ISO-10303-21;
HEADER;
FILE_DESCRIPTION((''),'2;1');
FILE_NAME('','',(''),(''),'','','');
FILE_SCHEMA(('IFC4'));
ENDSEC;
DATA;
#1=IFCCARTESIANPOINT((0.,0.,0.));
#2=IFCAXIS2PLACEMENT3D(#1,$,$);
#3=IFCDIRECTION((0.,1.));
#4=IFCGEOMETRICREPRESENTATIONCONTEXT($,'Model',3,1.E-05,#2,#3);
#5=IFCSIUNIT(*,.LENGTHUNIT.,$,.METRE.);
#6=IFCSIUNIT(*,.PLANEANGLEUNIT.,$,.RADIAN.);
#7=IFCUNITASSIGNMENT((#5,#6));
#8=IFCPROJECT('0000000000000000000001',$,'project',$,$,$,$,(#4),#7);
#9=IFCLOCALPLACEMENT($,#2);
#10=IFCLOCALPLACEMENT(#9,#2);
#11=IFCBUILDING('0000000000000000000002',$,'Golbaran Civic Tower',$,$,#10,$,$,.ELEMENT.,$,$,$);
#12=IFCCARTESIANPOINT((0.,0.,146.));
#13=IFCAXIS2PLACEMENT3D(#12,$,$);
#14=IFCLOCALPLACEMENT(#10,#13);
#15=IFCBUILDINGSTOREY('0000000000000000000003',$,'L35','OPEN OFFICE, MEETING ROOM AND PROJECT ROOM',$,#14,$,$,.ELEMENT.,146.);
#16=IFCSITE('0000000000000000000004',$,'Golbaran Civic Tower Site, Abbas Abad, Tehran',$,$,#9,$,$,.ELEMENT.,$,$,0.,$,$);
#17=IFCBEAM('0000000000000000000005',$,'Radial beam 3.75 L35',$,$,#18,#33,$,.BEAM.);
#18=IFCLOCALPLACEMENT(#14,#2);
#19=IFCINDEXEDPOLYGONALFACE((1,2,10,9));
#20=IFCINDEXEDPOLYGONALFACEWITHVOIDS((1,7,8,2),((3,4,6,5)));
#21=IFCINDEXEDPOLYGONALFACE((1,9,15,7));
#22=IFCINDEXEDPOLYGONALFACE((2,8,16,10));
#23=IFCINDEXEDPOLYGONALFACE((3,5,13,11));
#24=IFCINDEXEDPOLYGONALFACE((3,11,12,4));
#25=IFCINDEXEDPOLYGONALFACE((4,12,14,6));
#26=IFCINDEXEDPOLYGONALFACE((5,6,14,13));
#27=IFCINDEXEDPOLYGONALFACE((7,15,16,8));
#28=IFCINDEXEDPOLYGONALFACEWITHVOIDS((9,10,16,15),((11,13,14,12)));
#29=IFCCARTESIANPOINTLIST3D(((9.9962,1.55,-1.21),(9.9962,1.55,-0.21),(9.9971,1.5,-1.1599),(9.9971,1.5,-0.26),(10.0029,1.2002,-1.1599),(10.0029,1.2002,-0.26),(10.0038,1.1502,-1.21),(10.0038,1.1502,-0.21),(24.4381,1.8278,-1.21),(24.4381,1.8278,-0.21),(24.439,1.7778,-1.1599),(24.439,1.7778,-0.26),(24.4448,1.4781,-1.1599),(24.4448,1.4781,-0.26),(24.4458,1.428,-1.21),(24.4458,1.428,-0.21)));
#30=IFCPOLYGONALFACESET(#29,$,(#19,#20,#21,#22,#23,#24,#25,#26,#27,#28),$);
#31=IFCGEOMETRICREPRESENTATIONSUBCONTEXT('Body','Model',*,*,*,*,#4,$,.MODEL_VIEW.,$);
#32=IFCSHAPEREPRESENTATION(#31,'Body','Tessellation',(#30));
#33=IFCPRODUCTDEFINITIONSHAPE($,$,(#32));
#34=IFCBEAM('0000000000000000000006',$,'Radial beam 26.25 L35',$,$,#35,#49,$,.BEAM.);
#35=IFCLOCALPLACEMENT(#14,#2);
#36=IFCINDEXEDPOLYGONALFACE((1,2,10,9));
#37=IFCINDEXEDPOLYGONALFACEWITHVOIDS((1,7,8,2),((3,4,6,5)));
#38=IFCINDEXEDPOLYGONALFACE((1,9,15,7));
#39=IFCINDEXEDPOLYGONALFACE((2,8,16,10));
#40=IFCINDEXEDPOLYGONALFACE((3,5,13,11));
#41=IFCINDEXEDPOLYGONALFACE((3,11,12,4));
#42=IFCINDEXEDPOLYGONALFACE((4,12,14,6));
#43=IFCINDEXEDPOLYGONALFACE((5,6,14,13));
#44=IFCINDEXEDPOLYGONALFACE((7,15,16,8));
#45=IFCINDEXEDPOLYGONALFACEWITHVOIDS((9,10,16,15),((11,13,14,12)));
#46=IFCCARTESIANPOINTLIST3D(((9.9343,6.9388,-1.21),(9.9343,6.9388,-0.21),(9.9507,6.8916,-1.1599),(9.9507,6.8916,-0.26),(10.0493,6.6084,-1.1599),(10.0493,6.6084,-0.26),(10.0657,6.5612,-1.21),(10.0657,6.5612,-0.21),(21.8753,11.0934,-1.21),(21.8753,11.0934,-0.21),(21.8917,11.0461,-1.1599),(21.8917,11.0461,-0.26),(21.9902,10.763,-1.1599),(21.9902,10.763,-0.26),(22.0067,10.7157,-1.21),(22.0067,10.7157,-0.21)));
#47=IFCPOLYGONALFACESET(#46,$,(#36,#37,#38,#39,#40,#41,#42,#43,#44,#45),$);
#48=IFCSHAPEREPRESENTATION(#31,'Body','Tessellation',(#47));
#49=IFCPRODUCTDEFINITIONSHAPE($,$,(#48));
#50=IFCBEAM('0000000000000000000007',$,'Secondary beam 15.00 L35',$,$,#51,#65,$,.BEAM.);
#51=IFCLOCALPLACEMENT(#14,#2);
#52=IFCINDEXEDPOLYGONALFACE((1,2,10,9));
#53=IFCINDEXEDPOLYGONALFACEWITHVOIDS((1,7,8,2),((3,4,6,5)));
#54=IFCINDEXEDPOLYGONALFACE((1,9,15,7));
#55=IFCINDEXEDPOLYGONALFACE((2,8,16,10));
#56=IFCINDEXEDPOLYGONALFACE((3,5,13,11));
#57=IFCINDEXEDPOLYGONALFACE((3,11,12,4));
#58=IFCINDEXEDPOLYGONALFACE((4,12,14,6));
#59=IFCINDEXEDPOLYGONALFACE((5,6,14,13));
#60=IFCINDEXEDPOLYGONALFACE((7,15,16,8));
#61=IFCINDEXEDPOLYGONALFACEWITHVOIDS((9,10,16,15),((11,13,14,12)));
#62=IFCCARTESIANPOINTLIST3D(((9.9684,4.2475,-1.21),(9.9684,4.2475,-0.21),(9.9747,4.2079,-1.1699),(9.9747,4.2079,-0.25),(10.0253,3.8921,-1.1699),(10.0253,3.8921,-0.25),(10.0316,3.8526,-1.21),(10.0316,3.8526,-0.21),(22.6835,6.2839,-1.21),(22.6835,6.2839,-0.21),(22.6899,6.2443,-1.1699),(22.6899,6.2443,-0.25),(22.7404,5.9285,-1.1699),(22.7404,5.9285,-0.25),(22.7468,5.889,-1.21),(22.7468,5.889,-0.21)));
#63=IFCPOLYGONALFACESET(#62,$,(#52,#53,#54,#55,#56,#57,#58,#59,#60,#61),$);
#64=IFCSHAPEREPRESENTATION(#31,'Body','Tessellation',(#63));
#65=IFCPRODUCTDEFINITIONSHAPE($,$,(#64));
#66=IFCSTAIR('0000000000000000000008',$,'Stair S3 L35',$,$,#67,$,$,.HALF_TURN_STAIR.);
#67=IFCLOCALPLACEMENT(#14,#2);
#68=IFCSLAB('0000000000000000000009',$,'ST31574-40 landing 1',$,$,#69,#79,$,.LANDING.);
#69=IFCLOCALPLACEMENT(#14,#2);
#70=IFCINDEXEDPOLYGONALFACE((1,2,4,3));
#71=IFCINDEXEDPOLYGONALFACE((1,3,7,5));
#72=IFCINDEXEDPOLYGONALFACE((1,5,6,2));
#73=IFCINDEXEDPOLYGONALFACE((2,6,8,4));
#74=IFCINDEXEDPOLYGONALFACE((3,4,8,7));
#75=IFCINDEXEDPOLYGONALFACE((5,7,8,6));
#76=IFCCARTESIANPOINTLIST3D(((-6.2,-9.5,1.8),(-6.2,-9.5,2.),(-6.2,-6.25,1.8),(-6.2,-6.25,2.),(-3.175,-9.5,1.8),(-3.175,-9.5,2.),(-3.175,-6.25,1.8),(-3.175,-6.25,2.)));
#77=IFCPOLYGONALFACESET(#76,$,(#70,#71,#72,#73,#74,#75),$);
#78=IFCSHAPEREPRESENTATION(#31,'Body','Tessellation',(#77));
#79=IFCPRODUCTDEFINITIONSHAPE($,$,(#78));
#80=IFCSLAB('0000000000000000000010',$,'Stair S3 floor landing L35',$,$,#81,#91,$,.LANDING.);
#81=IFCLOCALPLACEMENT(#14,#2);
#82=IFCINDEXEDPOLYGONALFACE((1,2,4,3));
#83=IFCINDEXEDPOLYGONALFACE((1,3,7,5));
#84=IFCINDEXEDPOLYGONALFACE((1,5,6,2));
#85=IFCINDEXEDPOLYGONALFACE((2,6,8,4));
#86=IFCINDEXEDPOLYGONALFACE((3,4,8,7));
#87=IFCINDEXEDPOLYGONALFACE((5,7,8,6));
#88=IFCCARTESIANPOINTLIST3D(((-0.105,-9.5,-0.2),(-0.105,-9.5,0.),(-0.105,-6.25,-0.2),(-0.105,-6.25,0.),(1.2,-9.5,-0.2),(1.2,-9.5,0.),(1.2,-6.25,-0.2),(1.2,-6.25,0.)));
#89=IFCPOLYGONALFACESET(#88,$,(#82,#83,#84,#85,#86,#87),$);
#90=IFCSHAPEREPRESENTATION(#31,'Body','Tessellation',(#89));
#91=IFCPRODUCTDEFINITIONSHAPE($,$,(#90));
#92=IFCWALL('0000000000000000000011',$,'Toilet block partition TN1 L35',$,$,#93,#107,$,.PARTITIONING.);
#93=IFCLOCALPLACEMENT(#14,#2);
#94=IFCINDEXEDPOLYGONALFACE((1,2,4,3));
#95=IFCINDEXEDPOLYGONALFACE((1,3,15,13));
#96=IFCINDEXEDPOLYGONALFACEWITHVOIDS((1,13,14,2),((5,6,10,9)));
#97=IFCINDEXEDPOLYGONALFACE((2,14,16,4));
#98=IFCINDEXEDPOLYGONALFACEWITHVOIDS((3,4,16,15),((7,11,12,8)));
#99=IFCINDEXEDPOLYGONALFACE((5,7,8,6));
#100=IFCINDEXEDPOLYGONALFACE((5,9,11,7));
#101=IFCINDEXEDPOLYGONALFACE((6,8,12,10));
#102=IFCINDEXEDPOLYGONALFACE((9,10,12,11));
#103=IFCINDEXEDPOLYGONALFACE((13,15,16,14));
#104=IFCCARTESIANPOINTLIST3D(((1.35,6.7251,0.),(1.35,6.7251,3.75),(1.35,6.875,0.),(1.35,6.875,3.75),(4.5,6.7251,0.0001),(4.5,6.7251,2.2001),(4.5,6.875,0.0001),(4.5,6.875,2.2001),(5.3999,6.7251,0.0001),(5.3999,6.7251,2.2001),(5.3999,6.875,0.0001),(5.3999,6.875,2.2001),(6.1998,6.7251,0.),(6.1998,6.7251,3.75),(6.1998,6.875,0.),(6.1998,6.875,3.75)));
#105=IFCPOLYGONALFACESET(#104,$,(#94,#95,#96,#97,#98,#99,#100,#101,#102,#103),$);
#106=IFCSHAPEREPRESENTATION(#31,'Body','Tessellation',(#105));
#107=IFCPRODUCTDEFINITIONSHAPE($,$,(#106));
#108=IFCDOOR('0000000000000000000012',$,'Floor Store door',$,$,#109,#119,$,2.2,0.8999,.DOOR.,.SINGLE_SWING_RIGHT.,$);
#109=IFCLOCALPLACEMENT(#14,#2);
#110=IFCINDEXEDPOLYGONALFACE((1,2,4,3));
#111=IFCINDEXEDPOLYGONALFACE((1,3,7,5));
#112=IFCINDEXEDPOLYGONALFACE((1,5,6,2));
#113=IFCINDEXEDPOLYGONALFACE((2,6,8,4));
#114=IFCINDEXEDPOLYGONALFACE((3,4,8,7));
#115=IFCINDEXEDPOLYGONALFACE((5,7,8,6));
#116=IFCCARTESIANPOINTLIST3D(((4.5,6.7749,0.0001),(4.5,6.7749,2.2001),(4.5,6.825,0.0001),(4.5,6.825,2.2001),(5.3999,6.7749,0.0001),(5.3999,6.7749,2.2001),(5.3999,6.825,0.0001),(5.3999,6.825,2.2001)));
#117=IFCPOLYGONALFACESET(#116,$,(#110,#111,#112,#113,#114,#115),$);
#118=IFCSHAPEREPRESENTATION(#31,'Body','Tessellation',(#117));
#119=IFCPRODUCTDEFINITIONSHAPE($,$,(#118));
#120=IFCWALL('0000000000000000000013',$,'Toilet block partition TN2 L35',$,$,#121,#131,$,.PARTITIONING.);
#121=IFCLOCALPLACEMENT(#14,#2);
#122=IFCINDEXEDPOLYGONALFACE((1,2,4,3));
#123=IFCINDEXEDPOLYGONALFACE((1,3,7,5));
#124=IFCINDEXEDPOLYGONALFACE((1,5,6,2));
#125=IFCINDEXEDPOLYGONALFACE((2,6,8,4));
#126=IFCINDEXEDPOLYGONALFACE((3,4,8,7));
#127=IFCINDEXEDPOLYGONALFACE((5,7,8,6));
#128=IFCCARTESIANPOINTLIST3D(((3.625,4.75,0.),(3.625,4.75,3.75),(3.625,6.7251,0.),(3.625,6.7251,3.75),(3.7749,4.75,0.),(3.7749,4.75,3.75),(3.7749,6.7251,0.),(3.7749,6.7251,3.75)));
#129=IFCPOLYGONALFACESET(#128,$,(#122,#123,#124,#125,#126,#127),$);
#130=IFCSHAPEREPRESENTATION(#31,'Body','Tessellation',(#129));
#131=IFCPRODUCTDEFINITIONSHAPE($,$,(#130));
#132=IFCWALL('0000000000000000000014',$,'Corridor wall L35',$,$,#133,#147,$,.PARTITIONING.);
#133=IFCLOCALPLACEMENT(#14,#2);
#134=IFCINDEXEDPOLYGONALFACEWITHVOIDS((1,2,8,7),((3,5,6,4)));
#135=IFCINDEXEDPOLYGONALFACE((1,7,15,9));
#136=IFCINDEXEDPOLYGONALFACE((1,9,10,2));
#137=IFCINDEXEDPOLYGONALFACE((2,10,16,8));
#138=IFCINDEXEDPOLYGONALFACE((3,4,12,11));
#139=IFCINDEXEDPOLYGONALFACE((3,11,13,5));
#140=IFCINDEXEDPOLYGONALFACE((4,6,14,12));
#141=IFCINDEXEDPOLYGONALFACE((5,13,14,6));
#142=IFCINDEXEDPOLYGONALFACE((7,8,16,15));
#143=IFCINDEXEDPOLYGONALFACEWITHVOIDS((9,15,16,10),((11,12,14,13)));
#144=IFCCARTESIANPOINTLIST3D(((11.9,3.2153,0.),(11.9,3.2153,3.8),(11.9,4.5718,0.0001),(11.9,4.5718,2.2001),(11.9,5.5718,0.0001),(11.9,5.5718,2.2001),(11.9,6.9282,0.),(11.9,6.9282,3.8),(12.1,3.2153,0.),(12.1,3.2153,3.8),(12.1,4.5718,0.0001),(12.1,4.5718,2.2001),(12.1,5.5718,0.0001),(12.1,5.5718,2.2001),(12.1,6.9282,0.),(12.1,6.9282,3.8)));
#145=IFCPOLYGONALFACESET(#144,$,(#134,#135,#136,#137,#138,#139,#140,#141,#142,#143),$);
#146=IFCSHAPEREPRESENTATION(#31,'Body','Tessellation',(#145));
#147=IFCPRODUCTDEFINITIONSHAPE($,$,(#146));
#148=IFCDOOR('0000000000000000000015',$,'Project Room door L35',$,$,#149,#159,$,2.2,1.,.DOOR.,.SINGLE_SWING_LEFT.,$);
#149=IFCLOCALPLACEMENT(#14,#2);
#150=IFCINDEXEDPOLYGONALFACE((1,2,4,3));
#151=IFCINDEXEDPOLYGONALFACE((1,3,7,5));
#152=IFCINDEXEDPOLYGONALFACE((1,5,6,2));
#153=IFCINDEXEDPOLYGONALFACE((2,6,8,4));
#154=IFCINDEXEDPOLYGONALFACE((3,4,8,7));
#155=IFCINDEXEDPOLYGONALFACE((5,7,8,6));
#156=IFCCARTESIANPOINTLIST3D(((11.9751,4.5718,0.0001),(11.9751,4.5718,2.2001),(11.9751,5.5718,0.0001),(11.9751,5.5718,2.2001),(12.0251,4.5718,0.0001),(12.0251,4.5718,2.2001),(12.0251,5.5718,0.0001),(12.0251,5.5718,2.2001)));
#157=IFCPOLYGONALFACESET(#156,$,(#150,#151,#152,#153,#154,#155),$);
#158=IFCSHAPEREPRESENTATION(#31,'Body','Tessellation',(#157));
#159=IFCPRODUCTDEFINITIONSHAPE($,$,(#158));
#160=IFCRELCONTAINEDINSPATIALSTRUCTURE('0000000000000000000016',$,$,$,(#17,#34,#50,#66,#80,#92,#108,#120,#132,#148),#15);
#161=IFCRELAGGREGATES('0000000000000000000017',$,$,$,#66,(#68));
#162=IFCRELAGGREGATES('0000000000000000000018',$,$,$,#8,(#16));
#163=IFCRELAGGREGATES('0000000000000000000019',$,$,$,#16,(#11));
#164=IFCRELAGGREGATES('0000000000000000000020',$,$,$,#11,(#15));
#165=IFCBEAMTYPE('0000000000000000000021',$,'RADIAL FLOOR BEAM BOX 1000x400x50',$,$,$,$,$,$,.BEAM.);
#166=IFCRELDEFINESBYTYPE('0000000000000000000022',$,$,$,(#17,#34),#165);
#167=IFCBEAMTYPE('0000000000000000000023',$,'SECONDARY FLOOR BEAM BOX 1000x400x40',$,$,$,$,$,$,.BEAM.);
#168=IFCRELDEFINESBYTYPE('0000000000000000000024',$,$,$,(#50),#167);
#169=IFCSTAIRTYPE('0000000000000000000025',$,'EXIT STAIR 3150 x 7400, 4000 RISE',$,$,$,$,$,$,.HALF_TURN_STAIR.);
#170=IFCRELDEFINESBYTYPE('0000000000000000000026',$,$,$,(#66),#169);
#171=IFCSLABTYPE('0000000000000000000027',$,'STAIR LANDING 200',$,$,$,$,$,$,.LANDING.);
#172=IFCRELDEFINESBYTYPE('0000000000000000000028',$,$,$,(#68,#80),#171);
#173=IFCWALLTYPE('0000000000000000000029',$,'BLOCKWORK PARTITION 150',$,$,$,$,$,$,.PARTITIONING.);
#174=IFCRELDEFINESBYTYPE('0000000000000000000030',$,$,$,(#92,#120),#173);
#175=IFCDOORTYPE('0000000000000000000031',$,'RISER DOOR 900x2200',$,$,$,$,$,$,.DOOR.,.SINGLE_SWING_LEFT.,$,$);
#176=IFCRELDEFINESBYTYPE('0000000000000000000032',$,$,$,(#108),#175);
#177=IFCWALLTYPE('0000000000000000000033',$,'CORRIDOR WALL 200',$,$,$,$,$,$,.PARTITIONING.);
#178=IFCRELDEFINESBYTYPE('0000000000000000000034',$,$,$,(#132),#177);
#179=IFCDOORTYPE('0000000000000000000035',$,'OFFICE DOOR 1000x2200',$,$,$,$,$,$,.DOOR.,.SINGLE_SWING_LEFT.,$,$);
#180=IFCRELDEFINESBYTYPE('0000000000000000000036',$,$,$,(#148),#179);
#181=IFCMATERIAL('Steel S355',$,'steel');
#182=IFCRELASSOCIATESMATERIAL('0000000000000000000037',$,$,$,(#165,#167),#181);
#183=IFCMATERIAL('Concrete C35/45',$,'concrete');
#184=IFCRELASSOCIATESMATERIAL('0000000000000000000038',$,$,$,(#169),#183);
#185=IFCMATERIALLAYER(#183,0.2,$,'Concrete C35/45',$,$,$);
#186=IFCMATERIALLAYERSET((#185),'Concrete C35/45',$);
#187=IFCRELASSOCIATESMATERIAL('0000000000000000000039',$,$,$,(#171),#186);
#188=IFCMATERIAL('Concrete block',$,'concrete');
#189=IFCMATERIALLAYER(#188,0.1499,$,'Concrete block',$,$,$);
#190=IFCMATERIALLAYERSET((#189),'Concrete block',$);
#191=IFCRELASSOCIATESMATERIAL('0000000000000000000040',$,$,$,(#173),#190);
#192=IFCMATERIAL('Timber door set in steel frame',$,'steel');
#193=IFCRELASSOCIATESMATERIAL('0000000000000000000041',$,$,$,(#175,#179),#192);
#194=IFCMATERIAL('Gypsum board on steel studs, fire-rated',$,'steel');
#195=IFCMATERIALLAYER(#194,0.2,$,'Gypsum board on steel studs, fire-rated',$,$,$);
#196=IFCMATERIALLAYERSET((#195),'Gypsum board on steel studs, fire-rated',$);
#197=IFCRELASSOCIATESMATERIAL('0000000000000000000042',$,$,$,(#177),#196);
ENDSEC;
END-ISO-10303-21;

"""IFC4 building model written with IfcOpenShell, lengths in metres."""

from ifc_helpers import new_model, si_unit, direction, frame, frame_2d, origin, origin_2d, place, context, subcontext, project, spatial, polyline, rectangle, hollow_rectangle, outline, extrude, material, layer, layer_set, material_profile, profile_set, type_object, element, fill, aggregate, save


model = new_model("IFC4")

# Units and contexts
model_context = context("Model", 3, precision=1e-05, world=origin(), true_north=direction((0.0, 1.0)))
body_context = subcontext(model_context, "Body", "Model", "MODEL_VIEW")
ifc_project = project(units=[si_unit("LENGTHUNIT", "METRE"), si_unit("PLANEANGLEUNIT", "RADIAN")], contexts=[model_context])

# Site, building, storey
site_placement = place(None, origin())
site = spatial("IfcSite", under=ifc_project, at=site_placement, Name="Golbaran Civic Tower Site, Abbas Abad, Tehran", CompositionType="ELEMENT", RefElevation=0.0)
building_placement = place(site_placement, origin())
building = spatial("IfcBuilding", under=site, at=building_placement, Name="Golbaran Civic Tower", CompositionType="ELEMENT")
storey_placement = place(building_placement, frame((0.0, 0.0, 146.0)))
storey = spatial("IfcBuildingStorey", under=building, at=storey_placement, Name="L35", Description="OPEN OFFICE, MEETING ROOM AND PROJECT ROOM", CompositionType="ELEMENT", Elevation=146.0)

# Beams
ifc_material_1 = material(Name="Steel S355", Category="steel")
ifc_material_profile_1 = material_profile(ifc_material_1, hollow_rectangle(XDim=0.3999, YDim=1.0, WallThickness=0.05, at=origin_2d()), Name="BOX 1000x400x50")
ifc_profile_set_1 = profile_set([ifc_material_profile_1], Name="Steel S355")
beam_type_1 = type_object("IfcBeamType", Name="RADIAL FLOOR BEAM BOX 1000x400x50", PredefinedType="BEAM", material=ifc_profile_set_1)
beam_1_placement = place(storey_placement, frame((10.0, 1.3501, -0.71), z_axis=(0.999815, 0.019234, 0.0), x_axis=(-0.019234, 0.999815, 0.0)))
element("IfcBeam", 1, at=beam_1_placement, inside=storey, type_object=beam_type_1, Name="Radial beam 3.75 L35", PredefinedType="BEAM", context=body_context, shape_type="SweptSolid", body=[
    extrude(hollow_rectangle(XDim=0.3999, YDim=1.0, WallThickness=0.05, at=origin_2d()), origin(), (0.0, 0.0, 1.0), 14.4446),
])
beam_2_placement = place(storey_placement, frame((10.0, 6.75, -0.71), z_axis=(0.944468, 0.328604, 0.0), x_axis=(-0.328604, 0.944468, 0.0)))
element("IfcBeam", 2, at=beam_2_placement, inside=storey, type_object=beam_type_1, Name="Radial beam 26.25 L35", PredefinedType="BEAM", context=body_context, shape_type="SweptSolid", body=[
    extrude(hollow_rectangle(XDim=0.3999, YDim=1.0, WallThickness=0.05, at=origin_2d()), origin(), (0.0, 0.0, 1.0), 12.6431),
])
ifc_material_profile_2 = material_profile(ifc_material_1, hollow_rectangle(XDim=0.3999, YDim=1.0, WallThickness=0.04, at=origin_2d()), Name="BOX 1000x400x40")
ifc_profile_set_2 = profile_set([ifc_material_profile_2], Name="Steel S355")
beam_type_2 = type_object("IfcBeamType", Name="SECONDARY FLOOR BEAM BOX 1000x400x40", PredefinedType="BEAM", material=ifc_profile_set_2)
beam_3_placement = place(storey_placement, frame((10.0, 4.05, -0.71), z_axis=(0.987417, 0.158139, 0.0), x_axis=(-0.158139, 0.987417, 0.0)))
element("IfcBeam", 3, at=beam_3_placement, inside=storey, type_object=beam_type_2, Name="Secondary beam 15.00 L35", PredefinedType="BEAM", context=body_context, shape_type="SweptSolid", body=[
    extrude(hollow_rectangle(XDim=0.3999, YDim=1.0, WallThickness=0.04, at=origin_2d()), origin(), (0.0, 0.0, 1.0), 12.8772),
])

# Stair, slab
ifc_material_2 = material(Name="Concrete C35/45", Category="concrete")
stair_type = type_object("IfcStairType", Name="EXIT STAIR 3150 x 7400, 4000 RISE", PredefinedType="HALF_TURN_STAIR", material=ifc_material_2)
stair_placement = place(storey_placement, origin())
stair = element("IfcStair", 4, at=stair_placement, inside=storey, type_object=stair_type, Name="Stair S3 L35", PredefinedType="HALF_TURN_STAIR")
ifc_layer_1 = layer(ifc_material_2, 0.2, Name="Concrete C35/45")
ifc_layer_set_1 = layer_set([ifc_layer_1], Name="Concrete C35/45")
slab_type = type_object("IfcSlabType", Name="STAIR LANDING 200", PredefinedType="LANDING", material=ifc_layer_set_1)
slab_1_placement = place(storey_placement, frame((0.0, 0.0, 1.8)))
slab_1 = element("IfcSlab", 5, at=slab_1_placement, type_object=slab_type, Name="ST31574-40 landing 1", PredefinedType="LANDING", context=body_context, shape_type="SweptSolid", body=[
    extrude(outline(polyline([(-3.175, -9.5), (-6.2, -9.5), (-6.2, -6.25), (-3.175, -6.25), (-3.175, -9.5)])), origin(), (0.0, 0.0, 1.0), 0.2),
])
aggregate(stair, [slab_1])

# Slab
slab_2_placement = place(storey_placement, frame((0.0, 0.0, -0.2)))
element("IfcSlab", 6, at=slab_2_placement, inside=storey, type_object=slab_type, Name="Stair S3 floor landing L35", PredefinedType="LANDING", context=body_context, shape_type="SweptSolid", body=[
    extrude(outline(polyline([(1.2, -9.5), (-0.105, -9.5), (-0.105, -6.25), (1.2, -6.25), (1.2, -9.5)])), origin(), (0.0, 0.0, 1.0), 0.2),
])

# Wall, opening, door
ifc_material_3 = material(Name="Concrete block", Category="concrete")
ifc_layer_2 = layer(ifc_material_3, 0.1499, Name="Concrete block")
ifc_layer_set_2 = layer_set([ifc_layer_2], Name="Concrete block")
wall_type_1 = type_object("IfcWallType", Name="BLOCKWORK PARTITION 150", PredefinedType="PARTITIONING", material=ifc_layer_set_2)
wall_1_placement = place(storey_placement, frame((1.3501, 6.8, 0.0), z_axis=(0.0, 0.0, 1.0), x_axis=(1.0, 0.0, 0.0)))
wall_1 = element("IfcWall", 7, at=wall_1_placement, inside=storey, type_object=wall_type_1, Name="Toilet block partition TN1 L35", PredefinedType="PARTITIONING", context=body_context, shape_type="SweptSolid", body=[
    extrude(rectangle(XDim=4.8499, YDim=0.1499, at=frame_2d((2.4248, 0.0))), origin(), (0.0, 0.0, 1.0), 3.75),
])
opening_1_placement = place(wall_1_placement, frame((3.1499, 0.0, 0.0)))
opening_1 = element("IfcOpeningElement", 8, at=opening_1_placement, cuts=wall_1, PredefinedType="OPENING", context=body_context, shape_type="SweptSolid", body=[
    extrude(rectangle(XDim=0.8999, YDim=2.2, at=frame_2d((0.45, 1.1001))), frame((0.0, 0.085, 0.0), z_axis=(0.0, -1.0, 0.0), x_axis=(1.0, 0.0, 0.0)), (0.0, 0.0, 1.0), 0.1699),
])
ifc_material_4 = material(Name="Timber door set in steel frame", Category="steel")
door_type_1 = type_object("IfcDoorType", Name="RISER DOOR 900x2200", OperationType="SINGLE_SWING_LEFT", PredefinedType="DOOR", material=ifc_material_4)
door_1_placement = place(opening_1_placement, origin())
door_1 = element("IfcDoor", 9, at=door_1_placement, inside=storey, type_object=door_type_1, Name="Floor Store door", OperationType="SINGLE_SWING_RIGHT", OverallHeight=2.2, OverallWidth=0.8999, PredefinedType="DOOR", context=body_context, shape_type="SweptSolid", body=[
    extrude(rectangle(XDim=0.8999, YDim=2.2, at=frame_2d((0.45, 1.1001))), frame((0.0, 0.0249, 0.0), z_axis=(0.0, -1.0, 0.0), x_axis=(1.0, 0.0, 0.0)), (0.0, 0.0, 1.0), 0.05),
])
fill(opening_1, door_1)

# Wall
wall_2_placement = place(storey_placement, frame((3.7, 4.75, 0.0), z_axis=(0.0, 0.0, 1.0), x_axis=(0.0, 1.0, 0.0)))
element("IfcWall", 10, at=wall_2_placement, inside=storey, type_object=wall_type_1, Name="Toilet block partition TN2 L35", PredefinedType="PARTITIONING", context=body_context, shape_type="SweptSolid", body=[
    extrude(rectangle(XDim=1.9751, YDim=0.1499, at=frame_2d((0.9875, 0.0))), origin(), (0.0, 0.0, 1.0), 3.75),
])

# Wall, opening, door
ifc_material_5 = material(Name="Gypsum board on steel studs, fire-rated", Category="steel")
ifc_layer_3 = layer(ifc_material_5, 0.2, Name="Gypsum board on steel studs, fire-rated")
ifc_layer_set_3 = layer_set([ifc_layer_3], Name="Gypsum board on steel studs, fire-rated")
wall_type_2 = type_object("IfcWallType", Name="CORRIDOR WALL 200", PredefinedType="PARTITIONING", material=ifc_layer_set_3)
wall_3_placement = place(storey_placement, frame((12.0, 3.2153, 0.0), z_axis=(0.0, 0.0, 1.0), x_axis=(0.0, 1.0, 0.0)))
wall_3 = element("IfcWall", 11, at=wall_3_placement, inside=storey, type_object=wall_type_2, Name="Corridor wall L35", PredefinedType="PARTITIONING", context=body_context, shape_type="SweptSolid", body=[
    extrude(rectangle(XDim=3.7129, YDim=0.2, at=frame_2d((1.8564, 0.0))), origin(), (0.0, 0.0, 1.0), 3.8),
])
opening_2_placement = place(wall_3_placement, frame((1.3564, 0.0, 0.0)))
opening_2 = element("IfcOpeningElement", 12, at=opening_2_placement, cuts=wall_3, PredefinedType="OPENING", context=body_context, shape_type="SweptSolid", body=[
    extrude(rectangle(XDim=1.0, YDim=2.2, at=frame_2d((0.5, 1.1001))), frame((0.0, 0.1099, 0.0), z_axis=(0.0, -1.0, 0.0), x_axis=(1.0, 0.0, 0.0)), (0.0, 0.0, 1.0), 0.22),
])
door_type_2 = type_object("IfcDoorType", Name="OFFICE DOOR 1000x2200", OperationType="SINGLE_SWING_LEFT", PredefinedType="DOOR", material=ifc_material_4)
door_2_placement = place(opening_2_placement, origin())
door_2 = element("IfcDoor", 13, at=door_2_placement, inside=storey, type_object=door_type_2, Name="Project Room door L35", OperationType="SINGLE_SWING_LEFT", OverallHeight=2.2, OverallWidth=1.0, PredefinedType="DOOR", context=body_context, shape_type="SweptSolid", body=[
    extrude(rectangle(XDim=1.0, YDim=2.2, at=frame_2d((0.5, 1.1001))), frame((0.0, 0.0249, 0.0), z_axis=(0.0, -1.0, 0.0), x_axis=(1.0, 0.0, 0.0)), (0.0, 0.0, 1.0), 0.05),
])
fill(opening_2, door_2)

save(model, "model.ifc")
